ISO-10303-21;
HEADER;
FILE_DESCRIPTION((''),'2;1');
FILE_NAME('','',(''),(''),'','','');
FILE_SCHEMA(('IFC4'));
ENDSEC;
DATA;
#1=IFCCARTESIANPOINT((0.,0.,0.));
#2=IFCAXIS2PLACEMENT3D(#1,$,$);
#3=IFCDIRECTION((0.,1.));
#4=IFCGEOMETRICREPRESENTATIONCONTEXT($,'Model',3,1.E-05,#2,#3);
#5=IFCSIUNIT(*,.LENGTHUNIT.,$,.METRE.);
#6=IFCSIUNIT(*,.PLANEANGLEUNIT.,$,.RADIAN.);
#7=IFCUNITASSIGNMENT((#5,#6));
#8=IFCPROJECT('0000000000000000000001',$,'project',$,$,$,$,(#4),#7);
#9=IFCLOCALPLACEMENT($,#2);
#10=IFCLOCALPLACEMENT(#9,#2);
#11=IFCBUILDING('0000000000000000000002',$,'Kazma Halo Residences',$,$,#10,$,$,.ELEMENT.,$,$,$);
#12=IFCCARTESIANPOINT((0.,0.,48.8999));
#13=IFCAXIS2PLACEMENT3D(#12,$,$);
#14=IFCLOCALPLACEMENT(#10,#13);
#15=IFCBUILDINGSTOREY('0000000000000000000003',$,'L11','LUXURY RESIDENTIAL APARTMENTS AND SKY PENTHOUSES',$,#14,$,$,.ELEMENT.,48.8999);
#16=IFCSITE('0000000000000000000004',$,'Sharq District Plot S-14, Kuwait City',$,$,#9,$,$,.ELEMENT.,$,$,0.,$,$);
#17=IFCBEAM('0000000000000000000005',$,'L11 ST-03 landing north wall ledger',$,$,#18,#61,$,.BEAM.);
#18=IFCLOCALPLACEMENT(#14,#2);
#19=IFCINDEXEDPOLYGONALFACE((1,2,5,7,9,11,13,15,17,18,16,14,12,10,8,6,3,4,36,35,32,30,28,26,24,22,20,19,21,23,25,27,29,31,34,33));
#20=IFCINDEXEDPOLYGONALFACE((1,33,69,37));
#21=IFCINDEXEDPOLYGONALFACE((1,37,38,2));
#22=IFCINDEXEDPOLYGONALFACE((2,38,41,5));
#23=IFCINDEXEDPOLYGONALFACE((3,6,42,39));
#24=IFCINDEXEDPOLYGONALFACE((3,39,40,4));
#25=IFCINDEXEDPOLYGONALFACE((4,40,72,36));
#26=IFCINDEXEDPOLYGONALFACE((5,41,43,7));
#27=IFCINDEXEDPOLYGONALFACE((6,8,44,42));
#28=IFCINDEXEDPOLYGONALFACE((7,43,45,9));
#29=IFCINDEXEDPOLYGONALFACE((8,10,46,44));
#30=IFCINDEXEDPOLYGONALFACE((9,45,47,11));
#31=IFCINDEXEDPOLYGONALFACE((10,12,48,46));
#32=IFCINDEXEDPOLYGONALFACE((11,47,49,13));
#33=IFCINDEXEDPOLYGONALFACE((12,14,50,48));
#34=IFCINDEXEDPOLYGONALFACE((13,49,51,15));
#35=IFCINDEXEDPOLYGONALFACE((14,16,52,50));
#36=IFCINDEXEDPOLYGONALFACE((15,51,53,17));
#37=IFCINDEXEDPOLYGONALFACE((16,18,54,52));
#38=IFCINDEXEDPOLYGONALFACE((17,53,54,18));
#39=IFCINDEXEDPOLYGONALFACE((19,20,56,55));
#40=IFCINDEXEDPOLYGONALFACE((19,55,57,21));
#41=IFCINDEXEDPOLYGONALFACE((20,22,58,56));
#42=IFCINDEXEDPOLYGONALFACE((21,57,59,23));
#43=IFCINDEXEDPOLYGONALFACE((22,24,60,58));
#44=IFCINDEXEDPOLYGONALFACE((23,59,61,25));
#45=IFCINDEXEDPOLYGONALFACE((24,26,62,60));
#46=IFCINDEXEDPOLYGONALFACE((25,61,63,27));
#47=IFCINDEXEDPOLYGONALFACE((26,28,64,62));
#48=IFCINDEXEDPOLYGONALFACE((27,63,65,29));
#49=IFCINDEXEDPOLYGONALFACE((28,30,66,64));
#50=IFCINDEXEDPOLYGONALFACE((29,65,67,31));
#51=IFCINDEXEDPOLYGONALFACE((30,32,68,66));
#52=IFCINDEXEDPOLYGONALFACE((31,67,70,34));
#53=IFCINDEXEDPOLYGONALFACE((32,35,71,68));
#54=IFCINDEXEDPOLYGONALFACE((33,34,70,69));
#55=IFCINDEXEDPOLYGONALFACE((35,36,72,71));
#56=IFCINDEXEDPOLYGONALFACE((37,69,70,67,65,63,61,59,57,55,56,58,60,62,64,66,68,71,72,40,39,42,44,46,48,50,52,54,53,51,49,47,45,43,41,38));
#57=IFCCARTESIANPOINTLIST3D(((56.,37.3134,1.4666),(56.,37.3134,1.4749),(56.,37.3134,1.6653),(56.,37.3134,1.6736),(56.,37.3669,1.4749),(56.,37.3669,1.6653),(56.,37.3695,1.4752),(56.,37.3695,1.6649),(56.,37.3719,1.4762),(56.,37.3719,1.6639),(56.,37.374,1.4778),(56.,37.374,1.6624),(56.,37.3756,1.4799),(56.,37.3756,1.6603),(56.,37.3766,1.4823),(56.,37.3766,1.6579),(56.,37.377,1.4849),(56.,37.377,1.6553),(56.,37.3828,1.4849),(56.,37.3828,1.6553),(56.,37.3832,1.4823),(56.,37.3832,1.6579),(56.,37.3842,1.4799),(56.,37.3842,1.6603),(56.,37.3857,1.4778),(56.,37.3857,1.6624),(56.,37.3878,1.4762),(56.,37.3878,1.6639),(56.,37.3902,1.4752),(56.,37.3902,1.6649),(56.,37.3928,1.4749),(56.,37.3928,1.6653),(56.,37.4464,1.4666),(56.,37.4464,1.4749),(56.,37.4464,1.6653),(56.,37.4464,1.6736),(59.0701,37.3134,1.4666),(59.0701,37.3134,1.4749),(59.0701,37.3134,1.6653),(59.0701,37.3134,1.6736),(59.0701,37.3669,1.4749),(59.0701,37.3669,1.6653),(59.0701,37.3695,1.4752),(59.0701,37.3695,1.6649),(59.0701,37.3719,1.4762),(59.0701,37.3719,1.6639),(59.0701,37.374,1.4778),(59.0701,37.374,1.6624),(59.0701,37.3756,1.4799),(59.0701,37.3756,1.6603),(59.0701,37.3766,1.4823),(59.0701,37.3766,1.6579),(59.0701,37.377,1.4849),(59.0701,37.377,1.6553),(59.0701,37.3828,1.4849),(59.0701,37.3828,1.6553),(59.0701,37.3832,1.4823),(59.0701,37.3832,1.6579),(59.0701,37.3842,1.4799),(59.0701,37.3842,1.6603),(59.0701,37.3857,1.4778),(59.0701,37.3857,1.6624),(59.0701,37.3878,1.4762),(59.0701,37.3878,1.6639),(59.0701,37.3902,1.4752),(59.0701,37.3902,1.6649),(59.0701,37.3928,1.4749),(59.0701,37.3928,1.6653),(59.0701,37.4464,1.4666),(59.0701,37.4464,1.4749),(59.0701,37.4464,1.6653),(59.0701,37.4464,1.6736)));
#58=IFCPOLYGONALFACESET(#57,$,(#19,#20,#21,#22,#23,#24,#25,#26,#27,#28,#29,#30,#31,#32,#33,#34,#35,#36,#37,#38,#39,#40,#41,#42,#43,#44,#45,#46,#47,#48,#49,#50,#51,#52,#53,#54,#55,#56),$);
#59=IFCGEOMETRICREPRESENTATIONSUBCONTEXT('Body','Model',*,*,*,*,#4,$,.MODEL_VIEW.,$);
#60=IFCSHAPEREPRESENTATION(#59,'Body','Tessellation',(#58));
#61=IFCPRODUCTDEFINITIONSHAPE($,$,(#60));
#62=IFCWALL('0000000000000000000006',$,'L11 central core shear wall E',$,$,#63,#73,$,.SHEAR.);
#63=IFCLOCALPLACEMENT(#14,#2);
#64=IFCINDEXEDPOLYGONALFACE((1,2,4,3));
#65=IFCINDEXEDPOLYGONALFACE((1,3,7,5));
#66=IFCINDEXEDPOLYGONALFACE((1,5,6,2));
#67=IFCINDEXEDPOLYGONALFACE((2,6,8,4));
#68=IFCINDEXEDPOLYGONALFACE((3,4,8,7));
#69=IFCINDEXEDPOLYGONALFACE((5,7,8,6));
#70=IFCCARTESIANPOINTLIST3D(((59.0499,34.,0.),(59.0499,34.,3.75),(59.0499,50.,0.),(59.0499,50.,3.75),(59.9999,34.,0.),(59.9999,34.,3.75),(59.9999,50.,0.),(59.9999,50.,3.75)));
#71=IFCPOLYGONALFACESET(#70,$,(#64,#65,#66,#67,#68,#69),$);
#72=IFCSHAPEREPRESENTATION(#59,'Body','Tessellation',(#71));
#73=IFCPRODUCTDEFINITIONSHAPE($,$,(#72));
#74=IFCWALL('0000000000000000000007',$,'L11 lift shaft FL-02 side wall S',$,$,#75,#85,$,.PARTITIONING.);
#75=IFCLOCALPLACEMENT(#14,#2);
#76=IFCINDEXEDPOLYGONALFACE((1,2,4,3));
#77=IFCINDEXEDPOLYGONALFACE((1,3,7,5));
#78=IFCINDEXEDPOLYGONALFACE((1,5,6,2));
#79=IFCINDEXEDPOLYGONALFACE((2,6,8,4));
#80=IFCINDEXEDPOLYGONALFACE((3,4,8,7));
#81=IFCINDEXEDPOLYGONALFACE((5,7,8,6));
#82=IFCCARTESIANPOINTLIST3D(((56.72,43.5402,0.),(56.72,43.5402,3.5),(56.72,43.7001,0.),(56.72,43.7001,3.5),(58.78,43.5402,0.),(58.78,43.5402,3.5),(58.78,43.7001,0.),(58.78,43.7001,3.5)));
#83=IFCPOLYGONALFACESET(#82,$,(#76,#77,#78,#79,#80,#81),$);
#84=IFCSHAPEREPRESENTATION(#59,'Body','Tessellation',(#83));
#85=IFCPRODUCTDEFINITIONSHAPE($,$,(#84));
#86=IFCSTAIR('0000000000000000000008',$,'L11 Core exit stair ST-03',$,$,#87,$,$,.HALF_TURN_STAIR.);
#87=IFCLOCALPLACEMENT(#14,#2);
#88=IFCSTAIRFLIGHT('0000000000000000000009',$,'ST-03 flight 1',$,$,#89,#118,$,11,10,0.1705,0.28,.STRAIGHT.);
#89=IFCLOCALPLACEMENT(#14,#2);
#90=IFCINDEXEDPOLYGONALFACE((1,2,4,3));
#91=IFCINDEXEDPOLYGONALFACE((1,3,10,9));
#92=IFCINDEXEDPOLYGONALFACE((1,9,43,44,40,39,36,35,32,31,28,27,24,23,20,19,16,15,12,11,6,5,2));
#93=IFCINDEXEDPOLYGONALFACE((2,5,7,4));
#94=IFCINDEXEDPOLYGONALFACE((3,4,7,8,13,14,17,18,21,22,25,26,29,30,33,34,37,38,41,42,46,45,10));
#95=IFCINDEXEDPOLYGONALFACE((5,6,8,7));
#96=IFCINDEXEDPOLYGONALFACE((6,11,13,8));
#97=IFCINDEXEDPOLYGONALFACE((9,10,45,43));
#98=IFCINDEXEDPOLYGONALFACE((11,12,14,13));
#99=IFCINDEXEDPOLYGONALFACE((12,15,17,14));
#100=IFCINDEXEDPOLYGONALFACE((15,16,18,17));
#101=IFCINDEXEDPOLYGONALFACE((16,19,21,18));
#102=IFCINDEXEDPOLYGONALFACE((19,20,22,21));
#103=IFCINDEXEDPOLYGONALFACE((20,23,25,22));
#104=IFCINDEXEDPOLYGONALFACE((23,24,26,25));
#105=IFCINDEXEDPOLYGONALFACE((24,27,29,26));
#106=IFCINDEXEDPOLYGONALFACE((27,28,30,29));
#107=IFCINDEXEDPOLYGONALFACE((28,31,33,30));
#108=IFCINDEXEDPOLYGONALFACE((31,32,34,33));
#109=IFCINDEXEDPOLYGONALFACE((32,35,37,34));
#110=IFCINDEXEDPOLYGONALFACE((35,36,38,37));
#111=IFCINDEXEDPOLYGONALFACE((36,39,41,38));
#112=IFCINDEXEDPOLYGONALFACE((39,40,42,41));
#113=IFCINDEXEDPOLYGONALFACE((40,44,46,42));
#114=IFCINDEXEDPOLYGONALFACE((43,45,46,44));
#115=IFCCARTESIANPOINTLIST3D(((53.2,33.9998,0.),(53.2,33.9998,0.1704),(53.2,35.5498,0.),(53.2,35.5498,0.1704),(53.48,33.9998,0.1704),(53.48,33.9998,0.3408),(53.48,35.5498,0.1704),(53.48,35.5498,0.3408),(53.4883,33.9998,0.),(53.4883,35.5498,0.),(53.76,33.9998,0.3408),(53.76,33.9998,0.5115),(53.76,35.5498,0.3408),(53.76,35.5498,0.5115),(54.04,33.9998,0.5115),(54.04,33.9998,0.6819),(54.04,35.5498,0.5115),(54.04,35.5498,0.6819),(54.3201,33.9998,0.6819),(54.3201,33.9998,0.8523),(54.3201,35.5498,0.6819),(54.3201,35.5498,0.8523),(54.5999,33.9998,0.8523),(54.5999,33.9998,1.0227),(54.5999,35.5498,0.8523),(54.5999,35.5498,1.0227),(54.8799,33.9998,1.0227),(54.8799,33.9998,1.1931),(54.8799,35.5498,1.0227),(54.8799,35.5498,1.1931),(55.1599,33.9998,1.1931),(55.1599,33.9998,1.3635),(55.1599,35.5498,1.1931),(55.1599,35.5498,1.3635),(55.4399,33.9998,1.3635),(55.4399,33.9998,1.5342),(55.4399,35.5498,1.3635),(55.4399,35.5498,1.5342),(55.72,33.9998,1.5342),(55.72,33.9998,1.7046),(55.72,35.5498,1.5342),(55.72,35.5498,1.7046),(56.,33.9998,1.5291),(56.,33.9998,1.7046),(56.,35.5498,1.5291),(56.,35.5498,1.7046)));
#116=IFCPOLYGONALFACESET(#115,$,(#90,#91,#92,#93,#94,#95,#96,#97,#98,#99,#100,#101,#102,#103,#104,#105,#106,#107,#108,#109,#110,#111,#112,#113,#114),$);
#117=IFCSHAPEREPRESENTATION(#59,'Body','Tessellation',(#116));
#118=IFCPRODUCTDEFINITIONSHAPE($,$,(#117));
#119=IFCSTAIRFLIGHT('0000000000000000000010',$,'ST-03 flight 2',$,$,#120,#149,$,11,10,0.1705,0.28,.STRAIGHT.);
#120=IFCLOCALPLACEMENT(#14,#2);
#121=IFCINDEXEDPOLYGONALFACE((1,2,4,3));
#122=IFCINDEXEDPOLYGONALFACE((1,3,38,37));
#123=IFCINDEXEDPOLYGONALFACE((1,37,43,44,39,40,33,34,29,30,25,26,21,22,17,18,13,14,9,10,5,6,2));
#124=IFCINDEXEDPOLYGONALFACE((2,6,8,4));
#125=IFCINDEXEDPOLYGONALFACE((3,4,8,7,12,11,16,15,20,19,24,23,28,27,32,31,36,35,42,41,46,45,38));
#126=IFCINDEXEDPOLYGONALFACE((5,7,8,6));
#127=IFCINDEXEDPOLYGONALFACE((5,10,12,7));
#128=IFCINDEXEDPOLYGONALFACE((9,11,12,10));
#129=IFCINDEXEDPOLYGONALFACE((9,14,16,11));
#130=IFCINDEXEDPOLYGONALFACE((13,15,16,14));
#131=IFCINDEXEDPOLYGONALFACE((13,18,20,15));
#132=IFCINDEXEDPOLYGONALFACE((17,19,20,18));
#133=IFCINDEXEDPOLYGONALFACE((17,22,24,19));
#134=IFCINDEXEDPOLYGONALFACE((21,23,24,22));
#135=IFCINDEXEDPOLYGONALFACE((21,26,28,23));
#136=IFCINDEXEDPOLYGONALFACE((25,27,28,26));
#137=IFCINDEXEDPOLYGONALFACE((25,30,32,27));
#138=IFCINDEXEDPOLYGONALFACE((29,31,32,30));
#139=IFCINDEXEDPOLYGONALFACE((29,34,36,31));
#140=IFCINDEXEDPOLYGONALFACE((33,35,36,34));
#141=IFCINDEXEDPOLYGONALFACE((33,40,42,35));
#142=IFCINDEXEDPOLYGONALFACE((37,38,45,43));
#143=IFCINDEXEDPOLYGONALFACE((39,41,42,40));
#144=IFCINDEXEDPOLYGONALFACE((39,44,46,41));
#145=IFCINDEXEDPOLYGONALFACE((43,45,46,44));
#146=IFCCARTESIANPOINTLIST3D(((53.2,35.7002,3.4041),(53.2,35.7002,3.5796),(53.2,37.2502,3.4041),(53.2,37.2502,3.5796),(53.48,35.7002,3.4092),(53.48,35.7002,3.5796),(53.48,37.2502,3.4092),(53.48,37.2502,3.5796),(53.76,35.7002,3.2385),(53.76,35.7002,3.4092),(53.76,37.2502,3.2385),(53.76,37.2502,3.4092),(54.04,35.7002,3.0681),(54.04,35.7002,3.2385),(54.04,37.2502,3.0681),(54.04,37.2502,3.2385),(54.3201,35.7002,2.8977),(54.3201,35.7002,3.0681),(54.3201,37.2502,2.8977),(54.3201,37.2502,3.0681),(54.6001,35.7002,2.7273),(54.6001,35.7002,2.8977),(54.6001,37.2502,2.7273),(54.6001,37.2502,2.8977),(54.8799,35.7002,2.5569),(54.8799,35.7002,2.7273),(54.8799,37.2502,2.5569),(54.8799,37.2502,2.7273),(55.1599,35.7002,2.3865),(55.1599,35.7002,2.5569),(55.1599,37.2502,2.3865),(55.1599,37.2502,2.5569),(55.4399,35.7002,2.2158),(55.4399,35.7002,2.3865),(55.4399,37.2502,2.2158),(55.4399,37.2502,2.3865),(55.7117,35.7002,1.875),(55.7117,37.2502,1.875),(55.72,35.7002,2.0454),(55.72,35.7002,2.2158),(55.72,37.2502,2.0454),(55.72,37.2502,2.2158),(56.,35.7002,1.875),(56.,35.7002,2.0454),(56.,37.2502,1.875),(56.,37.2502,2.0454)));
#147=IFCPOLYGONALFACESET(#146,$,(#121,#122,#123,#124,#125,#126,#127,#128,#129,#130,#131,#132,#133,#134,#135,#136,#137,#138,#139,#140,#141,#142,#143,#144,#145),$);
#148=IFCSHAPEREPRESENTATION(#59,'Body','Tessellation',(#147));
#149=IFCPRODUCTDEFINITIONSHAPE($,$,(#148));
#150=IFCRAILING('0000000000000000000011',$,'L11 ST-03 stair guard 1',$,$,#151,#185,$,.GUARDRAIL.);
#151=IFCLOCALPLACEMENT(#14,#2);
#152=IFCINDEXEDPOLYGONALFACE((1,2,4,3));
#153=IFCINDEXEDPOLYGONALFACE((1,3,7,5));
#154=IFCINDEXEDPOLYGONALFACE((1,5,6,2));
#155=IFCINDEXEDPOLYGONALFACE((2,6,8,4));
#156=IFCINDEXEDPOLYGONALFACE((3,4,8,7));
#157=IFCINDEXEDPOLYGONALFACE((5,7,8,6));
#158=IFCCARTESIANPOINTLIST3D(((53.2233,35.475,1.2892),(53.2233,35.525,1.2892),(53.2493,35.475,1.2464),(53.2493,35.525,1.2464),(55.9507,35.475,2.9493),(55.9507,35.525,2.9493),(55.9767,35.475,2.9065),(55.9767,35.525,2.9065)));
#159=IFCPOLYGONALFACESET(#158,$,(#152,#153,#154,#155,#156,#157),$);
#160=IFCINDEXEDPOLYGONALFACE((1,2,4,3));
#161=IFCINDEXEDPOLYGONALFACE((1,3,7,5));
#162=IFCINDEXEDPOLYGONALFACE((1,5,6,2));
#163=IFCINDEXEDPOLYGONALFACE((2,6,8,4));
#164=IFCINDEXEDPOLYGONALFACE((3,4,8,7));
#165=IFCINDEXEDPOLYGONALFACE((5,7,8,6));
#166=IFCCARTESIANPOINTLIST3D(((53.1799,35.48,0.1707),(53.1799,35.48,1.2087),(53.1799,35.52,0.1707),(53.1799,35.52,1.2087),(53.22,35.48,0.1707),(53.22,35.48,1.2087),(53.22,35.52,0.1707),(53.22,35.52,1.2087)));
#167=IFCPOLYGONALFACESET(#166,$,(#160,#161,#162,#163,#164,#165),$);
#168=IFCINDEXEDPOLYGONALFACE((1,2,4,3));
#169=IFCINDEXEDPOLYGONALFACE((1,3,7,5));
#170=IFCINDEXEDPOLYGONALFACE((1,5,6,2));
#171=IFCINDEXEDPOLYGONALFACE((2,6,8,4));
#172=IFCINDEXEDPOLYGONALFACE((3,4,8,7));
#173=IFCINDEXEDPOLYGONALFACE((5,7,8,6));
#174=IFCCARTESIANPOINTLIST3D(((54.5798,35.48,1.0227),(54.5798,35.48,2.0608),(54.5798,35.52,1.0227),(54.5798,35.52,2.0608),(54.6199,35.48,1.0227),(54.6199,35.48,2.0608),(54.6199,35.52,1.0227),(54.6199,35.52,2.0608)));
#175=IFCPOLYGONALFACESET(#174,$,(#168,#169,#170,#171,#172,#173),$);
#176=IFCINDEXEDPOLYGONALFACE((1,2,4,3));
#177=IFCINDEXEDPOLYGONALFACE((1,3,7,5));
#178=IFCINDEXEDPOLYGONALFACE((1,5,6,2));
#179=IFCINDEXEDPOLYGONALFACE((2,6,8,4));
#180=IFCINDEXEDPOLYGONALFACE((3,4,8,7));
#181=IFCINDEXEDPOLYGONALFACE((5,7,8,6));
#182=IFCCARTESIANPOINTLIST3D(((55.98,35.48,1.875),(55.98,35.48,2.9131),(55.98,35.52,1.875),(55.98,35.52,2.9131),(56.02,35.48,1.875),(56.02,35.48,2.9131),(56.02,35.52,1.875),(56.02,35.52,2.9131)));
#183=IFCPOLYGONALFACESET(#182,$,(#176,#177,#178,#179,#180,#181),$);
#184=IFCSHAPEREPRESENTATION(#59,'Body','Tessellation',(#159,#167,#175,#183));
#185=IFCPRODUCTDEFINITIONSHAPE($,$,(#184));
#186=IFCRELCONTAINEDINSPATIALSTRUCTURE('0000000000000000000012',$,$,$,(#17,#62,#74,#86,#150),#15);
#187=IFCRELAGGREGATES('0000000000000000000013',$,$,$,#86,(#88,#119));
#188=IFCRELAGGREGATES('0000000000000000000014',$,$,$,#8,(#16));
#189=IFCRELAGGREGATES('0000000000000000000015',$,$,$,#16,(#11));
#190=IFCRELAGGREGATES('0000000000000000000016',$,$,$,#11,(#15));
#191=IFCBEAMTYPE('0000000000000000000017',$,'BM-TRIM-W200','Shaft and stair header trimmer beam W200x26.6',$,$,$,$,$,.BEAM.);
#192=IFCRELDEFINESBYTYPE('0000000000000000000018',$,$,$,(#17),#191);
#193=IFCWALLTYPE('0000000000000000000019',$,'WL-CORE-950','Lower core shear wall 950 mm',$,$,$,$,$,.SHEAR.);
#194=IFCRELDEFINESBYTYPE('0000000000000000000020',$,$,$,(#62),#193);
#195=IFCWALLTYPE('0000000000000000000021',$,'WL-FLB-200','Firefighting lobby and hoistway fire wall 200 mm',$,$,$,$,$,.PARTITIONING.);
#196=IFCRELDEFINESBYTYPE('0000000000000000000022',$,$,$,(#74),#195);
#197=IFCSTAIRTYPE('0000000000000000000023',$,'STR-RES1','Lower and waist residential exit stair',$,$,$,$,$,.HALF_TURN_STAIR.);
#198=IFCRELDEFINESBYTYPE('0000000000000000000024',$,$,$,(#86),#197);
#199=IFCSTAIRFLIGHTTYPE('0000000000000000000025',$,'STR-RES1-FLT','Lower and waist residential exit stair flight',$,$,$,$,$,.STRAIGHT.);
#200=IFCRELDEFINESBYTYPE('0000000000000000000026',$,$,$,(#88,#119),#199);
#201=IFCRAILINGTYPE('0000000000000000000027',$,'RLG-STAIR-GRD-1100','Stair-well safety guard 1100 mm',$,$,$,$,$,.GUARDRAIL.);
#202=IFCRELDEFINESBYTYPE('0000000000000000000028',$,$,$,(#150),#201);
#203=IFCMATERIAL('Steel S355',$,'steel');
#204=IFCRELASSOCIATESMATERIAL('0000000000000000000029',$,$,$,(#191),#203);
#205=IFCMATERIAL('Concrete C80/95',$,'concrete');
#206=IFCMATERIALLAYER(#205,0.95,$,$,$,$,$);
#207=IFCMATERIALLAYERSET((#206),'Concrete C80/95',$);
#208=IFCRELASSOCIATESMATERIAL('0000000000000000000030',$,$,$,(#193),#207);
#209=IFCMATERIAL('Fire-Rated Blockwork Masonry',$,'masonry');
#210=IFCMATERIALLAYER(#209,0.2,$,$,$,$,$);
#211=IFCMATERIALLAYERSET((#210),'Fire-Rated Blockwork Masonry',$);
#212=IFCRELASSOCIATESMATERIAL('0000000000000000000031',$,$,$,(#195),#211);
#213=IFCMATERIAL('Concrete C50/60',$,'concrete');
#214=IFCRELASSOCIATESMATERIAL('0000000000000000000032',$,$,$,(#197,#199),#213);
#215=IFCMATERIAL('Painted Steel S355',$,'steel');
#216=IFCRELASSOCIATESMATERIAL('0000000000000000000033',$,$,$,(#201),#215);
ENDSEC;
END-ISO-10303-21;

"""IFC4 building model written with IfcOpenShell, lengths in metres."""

from ifc_helpers import new_model, si_unit, direction, frame, frame_2d, origin, origin_2d, place, context, subcontext, project, spatial, polyline, rectangle, i_section, outline, extrude, material, layer, layer_set, material_profile, profile_set, type_object, element, aggregate, save


model = new_model("IFC4")

# Units and contexts
model_context = context("Model", 3, precision=1e-05, world=origin(), true_north=direction((0.0, 1.0)))
body_context = subcontext(model_context, "Body", "Model", "MODEL_VIEW")
ifc_project = project(units=[si_unit("LENGTHUNIT", "METRE"), si_unit("PLANEANGLEUNIT", "RADIAN")], contexts=[model_context])

# Site, building, storey
site_placement = place(None, origin())
site = spatial("IfcSite", under=ifc_project, at=site_placement, Name="Sharq District Plot S-14, Kuwait City", CompositionType="ELEMENT", RefElevation=0.0)
building_placement = place(site_placement, origin())
building = spatial("IfcBuilding", under=site, at=building_placement, Name="Kazma Halo Residences", CompositionType="ELEMENT")
storey_placement = place(building_placement, frame((0.0, 0.0, 48.8999)))
storey = spatial("IfcBuildingStorey", under=building, at=storey_placement, Name="L11", Description="LUXURY RESIDENTIAL APARTMENTS AND SKY PENTHOUSES", CompositionType="ELEMENT", Elevation=48.8999)

# Shared definitions
ifc_material_1 = material(Name="Steel S355", Category="steel")

# Beam
ifc_material_profile_1 = material_profile(ifc_material_1, i_section(OverallWidth=0.1331, OverallDepth=0.207, WebThickness=0.0059, FlangeThickness=0.0083, FilletRadius=0.01, at=origin_2d()), Name="W200x26.6")
ifc_profile_set_1 = profile_set([ifc_material_profile_1], Name="Steel S355")
beam_type_1 = type_object("IfcBeamType", Name="BM-TRIM-W200", Description="Shaft and stair header trimmer beam W200x26.6", PredefinedType="BEAM", material=ifc_profile_set_1)
beam_1_placement = place(storey_placement, frame((56.0, 37.3799, 1.5701), z_axis=(1.0, 0.0, 0.0), x_axis=(0.0, 1.0, 0.0)))
element("IfcBeam", 1, at=beam_1_placement, inside=storey, type_object=beam_type_1, Name="L11 ST-03 landing north wall ledger", PredefinedType="BEAM", context=body_context, shape_type="SweptSolid", body=[
    extrude(i_section(OverallWidth=0.1331, OverallDepth=0.207, WebThickness=0.0059, FlangeThickness=0.0083, FilletRadius=0.01, at=origin_2d()), origin(), (0.0, 0.0, 1.0), 3.0701),
])

# Walls
ifc_material_2 = material(Name="Concrete C80/95", Category="concrete")
ifc_layer_1 = layer(ifc_material_2, 0.95)
ifc_layer_set_1 = layer_set([ifc_layer_1], Name="Concrete C80/95")
wall_type_1 = type_object("IfcWallType", Name="WL-CORE-950", Description="Lower core shear wall 950 mm", PredefinedType="SHEAR", material=ifc_layer_set_1)
wall_1_placement = place(storey_placement, frame((59.5249, 34.0, 0.0), z_axis=(0.0, 0.0, 1.0), x_axis=(0.0, 1.0, 0.0)))
element("IfcWall", 2, at=wall_1_placement, inside=storey, type_object=wall_type_1, Name="L11 central core shear wall E", PredefinedType="SHEAR", context=body_context, shape_type="SweptSolid", body=[
    extrude(rectangle(XDim=16.0, YDim=0.95, at=frame_2d((8.0, 0.0))), origin(), (0.0, 0.0, 1.0), 3.75),
])
ifc_material_3 = material(Name="Fire-Rated Blockwork Masonry", Category="masonry")
ifc_layer_2 = layer(ifc_material_3, 0.2)
ifc_layer_set_2 = layer_set([ifc_layer_2], Name="Fire-Rated Blockwork Masonry")
wall_type_2 = type_object("IfcWallType", Name="WL-FLB-200", Description="Firefighting lobby and hoistway fire wall 200 mm", PredefinedType="PARTITIONING", material=ifc_layer_set_2)
wall_2_placement = place(storey_placement, frame((56.72, 43.6201, 0.0), z_axis=(0.0, 0.0, 1.0), x_axis=(1.0, 0.0, 0.0)))
element("IfcWall", 3, at=wall_2_placement, inside=storey, type_object=wall_type_2, Name="L11 lift shaft FL-02 side wall S", PredefinedType="PARTITIONING", context=body_context, shape_type="SweptSolid", body=[
    extrude(rectangle(XDim=2.0601, YDim=0.1599, at=frame_2d((1.03, 0.0))), origin(), (0.0, 0.0, 1.0), 3.5),
])

# Stair, stair flights
ifc_material_4 = material(Name="Concrete C50/60", Category="concrete")
stair_type = type_object("IfcStairType", Name="STR-RES1", Description="Lower and waist residential exit stair", PredefinedType="HALF_TURN_STAIR", material=ifc_material_4)
stair_placement = place(storey_placement, origin())
stair = element("IfcStair", 4, at=stair_placement, inside=storey, type_object=stair_type, Name="L11 Core exit stair ST-03", PredefinedType="HALF_TURN_STAIR")
stair_flight_type = type_object("IfcStairFlightType", Name="STR-RES1-FLT", Description="Lower and waist residential exit stair flight", PredefinedType="STRAIGHT", material=ifc_material_4)
stair_flight_1_placement = place(storey_placement, frame((53.2, 34.7749, 0.0), z_axis=(0.0, 0.0, 1.0), x_axis=(1.0, 0.0, 0.0)))
stair_flight_1 = element("IfcStairFlight", 5, at=stair_flight_1_placement, type_object=stair_flight_type, Name="ST-03 flight 1", NumberOfRisers=11, NumberOfTreads=10, PredefinedType="STRAIGHT", RiserHeight=0.1705, TreadLength=0.28, context=body_context, shape_type="SweptSolid", body=[
    extrude(outline(polyline([(0.0, 0.0), (0.0, 0.1704), (0.28, 0.1704), (0.28, 0.3408), (0.5601, 0.3408), (0.5601, 0.5115), (0.8401, 0.5115), (0.8401, 0.6819), (1.1201, 0.6819), (1.1201, 0.8523), (1.3999, 0.8523), (1.3999, 1.0227), (1.6799, 1.0227), (1.6799, 1.1931), (1.96, 1.1931), (1.96, 1.3635), (2.24, 1.3635), (2.24, 1.5342), (2.52, 1.5342), (2.52, 1.7046), (2.8, 1.7046), (2.8, 1.875), (2.8, 1.5291), (0.2883, 0.0), (0.0, 0.0)])), frame((0.0, 0.7749, 0.0), z_axis=(0.0, -1.0, 0.0), x_axis=(1.0, 0.0, 0.0)), (0.0, 0.0, 1.0), 1.55),
])
stair_flight_2_placement = place(storey_placement, frame((56.0, 36.4751, 1.875), z_axis=(0.0, 0.0, 1.0), x_axis=(-1.0, 0.0, 0.0)))
stair_flight_2 = element("IfcStairFlight", 6, at=stair_flight_2_placement, type_object=stair_flight_type, Name="ST-03 flight 2", NumberOfRisers=11, NumberOfTreads=10, PredefinedType="STRAIGHT", RiserHeight=0.1705, TreadLength=0.28, context=body_context, shape_type="SweptSolid", body=[
    extrude(outline(polyline([(0.0, 0.0), (0.0, 0.1704), (0.28, 0.1704), (0.28, 0.3408), (0.5601, 0.3408), (0.5601, 0.5115), (0.8401, 0.5115), (0.8401, 0.6819), (1.1201, 0.6819), (1.1201, 0.8523), (1.3999, 0.8523), (1.3999, 1.0227), (1.6799, 1.0227), (1.6799, 1.1931), (1.96, 1.1931), (1.96, 1.3635), (2.24, 1.3635), (2.24, 1.5342), (2.52, 1.5342), (2.52, 1.7046), (2.8, 1.7046), (2.8, 1.875), (2.8, 1.5291), (0.2883, 0.0), (0.0, 0.0)])), frame((0.0, 0.7749, 0.0), z_axis=(0.0, -1.0, 0.0), x_axis=(1.0, 0.0, 0.0)), (0.0, 0.0, 1.0), 1.55),
])
aggregate(stair, [stair_flight_1, stair_flight_2])

# Railing
ifc_material_5 = material(Name="Painted Steel S355", Category="steel")
railing_type_1 = type_object("IfcRailingType", Name="RLG-STAIR-GRD-1100", Description="Stair-well safety guard 1100 mm", PredefinedType="GUARDRAIL", material=ifc_material_5)
railing_1_placement = place(storey_placement, frame((53.2, 35.5, 0.1707)))
element("IfcRailing", 7, at=railing_1_placement, inside=storey, type_object=railing_type_1, Name="L11 ST-03 stair guard 1", PredefinedType="GUARDRAIL", context=body_context, shape_type="SweptSolid", body=[
    extrude(rectangle(XDim=0.05, YDim=0.05, at=origin_2d()), frame((0.0364, 0.0, 1.0972), z_axis=(0.854203, 0.0, 0.51994), x_axis=(0.0, 1.0, 0.0)), (0.0, 0.0, 1.0), 3.1929),
    extrude(rectangle(XDim=0.04, YDim=0.04, at=origin_2d()), origin(), (0.0, 0.0, 1.0), 1.0381),
    extrude(rectangle(XDim=0.04, YDim=0.04, at=origin_2d()), frame((1.3999, 0.0, 0.8521)), (0.0, 0.0, 1.0), 1.0381),
    extrude(rectangle(XDim=0.04, YDim=0.04, at=origin_2d()), frame((2.8, 0.0, 1.7043)), (0.0, 0.0, 1.0), 1.0381),
])

save(model, "model.ifc")
